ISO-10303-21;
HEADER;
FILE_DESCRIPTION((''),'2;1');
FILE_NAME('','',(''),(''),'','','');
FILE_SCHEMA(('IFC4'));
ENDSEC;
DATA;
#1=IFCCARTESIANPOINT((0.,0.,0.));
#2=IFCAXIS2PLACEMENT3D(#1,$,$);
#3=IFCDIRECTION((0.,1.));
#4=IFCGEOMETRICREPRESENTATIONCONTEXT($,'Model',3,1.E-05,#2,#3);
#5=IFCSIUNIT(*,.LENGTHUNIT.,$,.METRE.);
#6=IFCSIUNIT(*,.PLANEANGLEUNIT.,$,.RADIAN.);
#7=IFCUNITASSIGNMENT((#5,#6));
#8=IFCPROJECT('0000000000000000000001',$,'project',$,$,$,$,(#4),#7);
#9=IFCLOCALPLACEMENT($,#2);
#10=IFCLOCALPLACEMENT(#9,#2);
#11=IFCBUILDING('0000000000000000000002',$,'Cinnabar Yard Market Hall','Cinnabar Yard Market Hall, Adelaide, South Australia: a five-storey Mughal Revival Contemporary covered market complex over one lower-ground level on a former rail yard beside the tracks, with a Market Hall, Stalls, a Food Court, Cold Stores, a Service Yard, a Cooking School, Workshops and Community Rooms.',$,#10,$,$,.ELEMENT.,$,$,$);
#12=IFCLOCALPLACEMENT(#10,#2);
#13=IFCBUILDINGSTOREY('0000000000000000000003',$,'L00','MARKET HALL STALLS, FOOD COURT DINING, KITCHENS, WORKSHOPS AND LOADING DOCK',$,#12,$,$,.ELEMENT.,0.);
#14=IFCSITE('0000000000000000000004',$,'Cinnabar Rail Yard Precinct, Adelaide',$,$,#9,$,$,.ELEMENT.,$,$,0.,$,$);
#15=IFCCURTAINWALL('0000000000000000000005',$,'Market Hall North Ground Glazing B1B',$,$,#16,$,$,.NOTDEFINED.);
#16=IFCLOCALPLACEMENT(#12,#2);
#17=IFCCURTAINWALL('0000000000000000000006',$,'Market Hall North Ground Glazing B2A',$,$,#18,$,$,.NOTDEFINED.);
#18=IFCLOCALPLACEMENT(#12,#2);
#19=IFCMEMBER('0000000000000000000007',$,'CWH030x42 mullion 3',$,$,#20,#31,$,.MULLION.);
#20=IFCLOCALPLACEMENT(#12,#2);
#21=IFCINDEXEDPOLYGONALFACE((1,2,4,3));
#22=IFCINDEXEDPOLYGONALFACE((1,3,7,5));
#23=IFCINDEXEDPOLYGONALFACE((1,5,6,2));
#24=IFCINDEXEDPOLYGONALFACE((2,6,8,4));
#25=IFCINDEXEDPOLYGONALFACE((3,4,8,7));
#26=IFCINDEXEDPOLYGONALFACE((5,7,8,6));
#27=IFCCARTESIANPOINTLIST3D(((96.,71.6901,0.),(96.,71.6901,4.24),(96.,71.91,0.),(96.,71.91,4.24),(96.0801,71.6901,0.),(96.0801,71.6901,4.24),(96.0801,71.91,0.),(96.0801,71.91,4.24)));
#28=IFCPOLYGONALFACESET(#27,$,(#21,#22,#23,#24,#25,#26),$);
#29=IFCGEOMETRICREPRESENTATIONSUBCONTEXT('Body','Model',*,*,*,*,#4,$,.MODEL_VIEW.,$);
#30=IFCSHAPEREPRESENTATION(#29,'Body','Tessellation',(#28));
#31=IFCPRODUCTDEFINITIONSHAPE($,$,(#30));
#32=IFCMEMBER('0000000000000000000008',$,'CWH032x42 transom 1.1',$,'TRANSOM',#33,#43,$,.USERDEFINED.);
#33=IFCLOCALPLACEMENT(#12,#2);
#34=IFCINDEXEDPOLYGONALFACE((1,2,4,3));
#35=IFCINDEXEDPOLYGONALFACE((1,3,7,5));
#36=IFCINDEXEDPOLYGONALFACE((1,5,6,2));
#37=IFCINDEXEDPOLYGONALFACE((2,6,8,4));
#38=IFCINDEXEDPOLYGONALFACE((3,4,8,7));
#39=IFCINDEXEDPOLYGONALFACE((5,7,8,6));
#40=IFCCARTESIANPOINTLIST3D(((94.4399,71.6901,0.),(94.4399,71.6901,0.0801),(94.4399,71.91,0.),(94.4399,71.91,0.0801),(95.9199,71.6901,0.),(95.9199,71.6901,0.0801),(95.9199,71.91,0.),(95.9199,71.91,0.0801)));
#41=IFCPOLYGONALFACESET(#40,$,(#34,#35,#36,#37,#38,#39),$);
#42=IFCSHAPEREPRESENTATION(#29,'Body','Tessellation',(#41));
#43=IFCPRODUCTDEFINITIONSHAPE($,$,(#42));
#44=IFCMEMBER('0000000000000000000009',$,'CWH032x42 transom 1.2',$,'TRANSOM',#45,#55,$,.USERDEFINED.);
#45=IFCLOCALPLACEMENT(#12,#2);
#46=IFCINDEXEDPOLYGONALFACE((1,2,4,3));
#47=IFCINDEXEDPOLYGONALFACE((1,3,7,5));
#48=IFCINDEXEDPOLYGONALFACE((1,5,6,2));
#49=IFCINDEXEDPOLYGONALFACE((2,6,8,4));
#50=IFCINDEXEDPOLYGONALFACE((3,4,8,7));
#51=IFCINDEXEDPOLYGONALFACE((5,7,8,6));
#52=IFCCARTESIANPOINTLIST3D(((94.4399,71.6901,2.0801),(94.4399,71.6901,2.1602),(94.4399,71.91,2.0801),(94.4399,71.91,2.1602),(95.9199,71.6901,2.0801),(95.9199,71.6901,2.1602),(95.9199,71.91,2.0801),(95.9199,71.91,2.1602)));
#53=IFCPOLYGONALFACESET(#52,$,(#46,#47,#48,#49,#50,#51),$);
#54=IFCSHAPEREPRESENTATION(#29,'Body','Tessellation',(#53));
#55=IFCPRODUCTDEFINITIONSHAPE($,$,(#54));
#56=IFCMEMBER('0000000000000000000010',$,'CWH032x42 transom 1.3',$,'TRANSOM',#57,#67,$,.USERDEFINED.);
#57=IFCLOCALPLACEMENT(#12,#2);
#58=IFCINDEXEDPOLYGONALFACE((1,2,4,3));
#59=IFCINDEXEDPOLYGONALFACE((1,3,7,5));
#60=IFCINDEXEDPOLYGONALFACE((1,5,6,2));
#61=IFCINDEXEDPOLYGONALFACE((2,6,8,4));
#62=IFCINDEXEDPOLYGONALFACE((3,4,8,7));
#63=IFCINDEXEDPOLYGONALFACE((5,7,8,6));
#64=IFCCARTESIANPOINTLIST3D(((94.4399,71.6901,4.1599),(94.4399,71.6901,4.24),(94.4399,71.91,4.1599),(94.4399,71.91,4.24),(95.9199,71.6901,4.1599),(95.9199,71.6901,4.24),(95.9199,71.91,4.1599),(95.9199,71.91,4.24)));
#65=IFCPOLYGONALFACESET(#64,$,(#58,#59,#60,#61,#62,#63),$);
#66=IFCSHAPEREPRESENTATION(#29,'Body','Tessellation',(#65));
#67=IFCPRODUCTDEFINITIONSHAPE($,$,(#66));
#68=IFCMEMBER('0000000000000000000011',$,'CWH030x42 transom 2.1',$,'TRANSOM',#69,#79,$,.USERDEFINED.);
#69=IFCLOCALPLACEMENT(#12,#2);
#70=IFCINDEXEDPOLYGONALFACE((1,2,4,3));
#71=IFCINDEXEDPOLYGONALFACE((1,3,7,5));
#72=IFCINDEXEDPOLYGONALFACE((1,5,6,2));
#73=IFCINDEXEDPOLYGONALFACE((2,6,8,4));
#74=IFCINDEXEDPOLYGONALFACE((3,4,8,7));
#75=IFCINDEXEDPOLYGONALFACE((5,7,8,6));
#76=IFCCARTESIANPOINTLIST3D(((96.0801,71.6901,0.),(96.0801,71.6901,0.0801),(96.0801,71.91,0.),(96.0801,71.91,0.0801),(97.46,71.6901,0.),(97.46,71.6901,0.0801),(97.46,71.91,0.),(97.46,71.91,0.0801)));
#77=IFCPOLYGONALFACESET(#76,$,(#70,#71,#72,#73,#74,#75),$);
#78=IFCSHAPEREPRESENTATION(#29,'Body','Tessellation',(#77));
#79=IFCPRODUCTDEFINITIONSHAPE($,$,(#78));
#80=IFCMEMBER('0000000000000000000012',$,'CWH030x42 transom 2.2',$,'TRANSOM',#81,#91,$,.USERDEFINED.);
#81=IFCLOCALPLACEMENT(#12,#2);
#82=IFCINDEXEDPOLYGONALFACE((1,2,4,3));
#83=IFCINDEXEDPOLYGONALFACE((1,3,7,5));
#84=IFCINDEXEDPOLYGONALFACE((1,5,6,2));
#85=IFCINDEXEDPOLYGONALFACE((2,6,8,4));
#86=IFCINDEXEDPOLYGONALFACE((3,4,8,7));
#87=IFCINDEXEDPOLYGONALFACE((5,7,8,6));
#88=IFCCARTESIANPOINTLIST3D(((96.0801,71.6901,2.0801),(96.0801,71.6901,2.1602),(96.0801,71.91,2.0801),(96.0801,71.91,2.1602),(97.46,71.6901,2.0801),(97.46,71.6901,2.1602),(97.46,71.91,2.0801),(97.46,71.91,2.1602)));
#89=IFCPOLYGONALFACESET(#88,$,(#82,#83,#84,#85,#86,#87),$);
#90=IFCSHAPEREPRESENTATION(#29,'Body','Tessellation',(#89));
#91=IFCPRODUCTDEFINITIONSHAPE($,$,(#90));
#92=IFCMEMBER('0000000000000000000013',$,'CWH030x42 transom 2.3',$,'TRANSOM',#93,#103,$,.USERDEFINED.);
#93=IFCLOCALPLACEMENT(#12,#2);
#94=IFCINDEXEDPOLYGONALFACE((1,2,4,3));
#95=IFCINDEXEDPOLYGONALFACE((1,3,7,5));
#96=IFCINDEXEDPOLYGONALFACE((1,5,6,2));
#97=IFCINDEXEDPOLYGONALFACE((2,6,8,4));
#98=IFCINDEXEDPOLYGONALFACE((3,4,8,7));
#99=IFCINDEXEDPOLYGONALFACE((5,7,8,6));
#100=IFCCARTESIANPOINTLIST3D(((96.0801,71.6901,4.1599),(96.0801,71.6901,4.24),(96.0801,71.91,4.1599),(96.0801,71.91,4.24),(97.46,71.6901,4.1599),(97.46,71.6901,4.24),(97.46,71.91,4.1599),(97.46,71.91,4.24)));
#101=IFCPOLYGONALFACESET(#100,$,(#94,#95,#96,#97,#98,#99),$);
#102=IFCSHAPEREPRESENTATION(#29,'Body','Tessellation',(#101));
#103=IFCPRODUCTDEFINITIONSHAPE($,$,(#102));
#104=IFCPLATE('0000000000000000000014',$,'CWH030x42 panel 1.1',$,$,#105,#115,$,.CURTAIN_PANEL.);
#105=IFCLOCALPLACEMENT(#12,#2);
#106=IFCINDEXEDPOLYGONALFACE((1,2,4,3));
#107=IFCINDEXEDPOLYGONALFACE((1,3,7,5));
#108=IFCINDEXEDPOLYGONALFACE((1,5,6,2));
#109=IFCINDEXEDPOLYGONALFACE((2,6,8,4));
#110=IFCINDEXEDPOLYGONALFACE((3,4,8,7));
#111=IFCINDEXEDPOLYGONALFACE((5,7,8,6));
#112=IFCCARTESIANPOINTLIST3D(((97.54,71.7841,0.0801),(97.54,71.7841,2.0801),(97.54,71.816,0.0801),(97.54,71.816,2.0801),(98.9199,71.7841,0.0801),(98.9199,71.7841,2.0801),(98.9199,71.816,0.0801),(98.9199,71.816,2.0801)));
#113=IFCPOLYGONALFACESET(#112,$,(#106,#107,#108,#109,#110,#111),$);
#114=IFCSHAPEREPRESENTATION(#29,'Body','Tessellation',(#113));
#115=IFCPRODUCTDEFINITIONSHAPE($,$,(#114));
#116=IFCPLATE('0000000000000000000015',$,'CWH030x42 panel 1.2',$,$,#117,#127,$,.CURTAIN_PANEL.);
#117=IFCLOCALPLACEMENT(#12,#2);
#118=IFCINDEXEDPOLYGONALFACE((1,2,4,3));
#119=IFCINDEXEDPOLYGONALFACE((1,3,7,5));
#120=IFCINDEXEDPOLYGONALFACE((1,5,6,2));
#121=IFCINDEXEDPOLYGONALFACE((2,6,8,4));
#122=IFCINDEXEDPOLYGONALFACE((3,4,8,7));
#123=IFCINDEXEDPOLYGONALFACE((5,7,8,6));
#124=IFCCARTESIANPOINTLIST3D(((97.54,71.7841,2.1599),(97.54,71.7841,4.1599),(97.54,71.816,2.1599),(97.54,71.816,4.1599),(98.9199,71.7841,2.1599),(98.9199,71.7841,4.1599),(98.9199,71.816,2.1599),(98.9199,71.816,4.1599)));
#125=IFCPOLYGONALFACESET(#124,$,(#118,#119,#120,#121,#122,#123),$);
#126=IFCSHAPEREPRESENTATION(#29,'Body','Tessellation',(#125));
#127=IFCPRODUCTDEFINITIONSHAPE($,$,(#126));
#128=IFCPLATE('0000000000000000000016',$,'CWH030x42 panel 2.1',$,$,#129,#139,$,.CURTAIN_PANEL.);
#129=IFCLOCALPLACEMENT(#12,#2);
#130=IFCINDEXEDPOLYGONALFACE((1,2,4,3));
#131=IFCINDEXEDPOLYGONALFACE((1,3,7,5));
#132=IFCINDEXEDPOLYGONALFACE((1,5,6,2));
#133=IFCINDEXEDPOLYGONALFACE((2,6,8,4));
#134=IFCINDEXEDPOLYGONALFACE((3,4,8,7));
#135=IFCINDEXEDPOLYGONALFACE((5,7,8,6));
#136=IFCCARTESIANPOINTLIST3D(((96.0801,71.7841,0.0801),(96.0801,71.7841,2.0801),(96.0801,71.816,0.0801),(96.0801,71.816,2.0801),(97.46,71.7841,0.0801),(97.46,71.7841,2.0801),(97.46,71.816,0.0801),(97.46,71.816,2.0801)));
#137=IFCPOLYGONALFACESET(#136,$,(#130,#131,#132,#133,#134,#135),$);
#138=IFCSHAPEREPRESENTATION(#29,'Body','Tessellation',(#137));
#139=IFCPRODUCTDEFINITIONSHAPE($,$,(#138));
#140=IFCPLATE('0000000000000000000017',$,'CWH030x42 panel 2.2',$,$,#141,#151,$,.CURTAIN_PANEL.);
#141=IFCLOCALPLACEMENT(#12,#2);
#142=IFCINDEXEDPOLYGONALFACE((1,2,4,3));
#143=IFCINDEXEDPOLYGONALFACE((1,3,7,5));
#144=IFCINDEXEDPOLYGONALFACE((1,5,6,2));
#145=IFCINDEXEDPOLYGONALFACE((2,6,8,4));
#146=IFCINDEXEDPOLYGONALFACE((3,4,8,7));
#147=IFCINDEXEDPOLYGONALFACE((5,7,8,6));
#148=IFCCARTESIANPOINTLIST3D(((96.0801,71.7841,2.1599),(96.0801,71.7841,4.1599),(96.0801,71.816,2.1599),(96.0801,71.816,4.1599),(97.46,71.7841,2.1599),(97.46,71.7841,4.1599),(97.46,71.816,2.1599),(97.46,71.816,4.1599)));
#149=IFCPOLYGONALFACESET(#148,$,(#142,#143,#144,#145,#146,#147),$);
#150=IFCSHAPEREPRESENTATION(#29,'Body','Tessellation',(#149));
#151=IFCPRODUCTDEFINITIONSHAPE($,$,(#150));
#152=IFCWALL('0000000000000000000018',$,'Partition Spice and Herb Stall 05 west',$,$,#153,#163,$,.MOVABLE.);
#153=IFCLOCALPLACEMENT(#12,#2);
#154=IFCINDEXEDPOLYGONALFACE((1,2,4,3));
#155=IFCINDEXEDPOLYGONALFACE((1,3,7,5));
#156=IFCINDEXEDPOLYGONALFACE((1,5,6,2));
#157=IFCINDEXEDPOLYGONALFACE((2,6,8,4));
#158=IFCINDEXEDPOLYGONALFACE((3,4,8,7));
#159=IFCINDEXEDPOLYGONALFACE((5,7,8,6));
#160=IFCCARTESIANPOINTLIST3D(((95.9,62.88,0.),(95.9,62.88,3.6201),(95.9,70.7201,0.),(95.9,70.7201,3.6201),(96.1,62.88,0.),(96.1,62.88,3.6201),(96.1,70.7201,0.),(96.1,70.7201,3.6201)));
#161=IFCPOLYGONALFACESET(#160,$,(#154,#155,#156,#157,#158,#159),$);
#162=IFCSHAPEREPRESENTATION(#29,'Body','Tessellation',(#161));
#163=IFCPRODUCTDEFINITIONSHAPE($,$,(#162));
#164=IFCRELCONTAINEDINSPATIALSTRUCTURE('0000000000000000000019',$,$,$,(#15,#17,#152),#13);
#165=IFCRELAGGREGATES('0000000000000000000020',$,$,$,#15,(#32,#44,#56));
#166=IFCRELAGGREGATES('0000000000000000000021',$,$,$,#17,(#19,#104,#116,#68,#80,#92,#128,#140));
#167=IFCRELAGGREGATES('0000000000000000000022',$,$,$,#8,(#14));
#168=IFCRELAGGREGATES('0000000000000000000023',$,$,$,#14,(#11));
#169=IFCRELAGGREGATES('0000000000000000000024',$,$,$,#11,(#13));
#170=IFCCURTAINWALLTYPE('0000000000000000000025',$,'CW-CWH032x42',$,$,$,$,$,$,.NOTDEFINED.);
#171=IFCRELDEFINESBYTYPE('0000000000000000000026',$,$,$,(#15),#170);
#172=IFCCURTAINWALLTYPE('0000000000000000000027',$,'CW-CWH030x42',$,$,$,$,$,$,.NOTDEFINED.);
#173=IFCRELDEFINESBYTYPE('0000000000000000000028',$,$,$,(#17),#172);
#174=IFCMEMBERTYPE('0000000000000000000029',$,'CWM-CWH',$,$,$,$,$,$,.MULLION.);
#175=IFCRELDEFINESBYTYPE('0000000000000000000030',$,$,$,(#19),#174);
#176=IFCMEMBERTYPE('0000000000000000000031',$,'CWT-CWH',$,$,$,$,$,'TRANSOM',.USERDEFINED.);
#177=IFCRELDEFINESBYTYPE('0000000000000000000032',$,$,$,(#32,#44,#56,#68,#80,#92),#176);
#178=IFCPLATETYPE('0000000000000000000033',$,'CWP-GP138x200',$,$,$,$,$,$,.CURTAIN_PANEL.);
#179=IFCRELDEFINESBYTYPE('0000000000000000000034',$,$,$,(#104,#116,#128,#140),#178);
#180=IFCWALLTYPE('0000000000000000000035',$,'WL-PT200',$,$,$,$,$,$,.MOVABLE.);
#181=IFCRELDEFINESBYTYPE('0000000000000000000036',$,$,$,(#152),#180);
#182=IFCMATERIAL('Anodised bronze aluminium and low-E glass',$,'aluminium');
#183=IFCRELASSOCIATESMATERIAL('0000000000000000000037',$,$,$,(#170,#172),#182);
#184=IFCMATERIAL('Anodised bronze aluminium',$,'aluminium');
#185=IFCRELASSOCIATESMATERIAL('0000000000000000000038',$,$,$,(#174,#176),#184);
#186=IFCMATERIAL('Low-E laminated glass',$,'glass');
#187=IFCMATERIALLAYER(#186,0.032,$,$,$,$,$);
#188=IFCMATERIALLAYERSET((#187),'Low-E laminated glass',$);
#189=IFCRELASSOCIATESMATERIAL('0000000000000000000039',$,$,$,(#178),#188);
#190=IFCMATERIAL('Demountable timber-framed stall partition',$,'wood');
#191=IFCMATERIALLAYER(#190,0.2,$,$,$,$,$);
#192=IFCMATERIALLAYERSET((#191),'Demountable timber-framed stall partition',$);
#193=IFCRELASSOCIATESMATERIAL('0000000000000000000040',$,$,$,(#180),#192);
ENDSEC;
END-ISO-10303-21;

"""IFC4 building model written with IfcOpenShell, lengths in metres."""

from ifc_helpers import new_model, si_unit, direction, frame, frame_2d, origin, origin_2d_with_axis, place, context, subcontext, project, spatial, rectangle, extrude, material, layer, layer_set, material_profile, profile_set, type_object, element, aggregate, save


model = new_model("IFC4")

# Units and contexts
model_context = context("Model", 3, precision=1e-05, world=origin(), true_north=direction((0.0, 1.0)))
body_context = subcontext(model_context, "Body", "Model", "MODEL_VIEW")
ifc_project = project(units=[si_unit("LENGTHUNIT", "METRE"), si_unit("PLANEANGLEUNIT", "RADIAN")], contexts=[model_context])

# Site, building, storey
site_placement = place(None, origin())
site = spatial("IfcSite", under=ifc_project, at=site_placement, Name="Cinnabar Rail Yard Precinct, Adelaide", CompositionType="ELEMENT", RefElevation=0.0)
building_placement = place(site_placement, origin())
building = spatial("IfcBuilding", under=site, at=building_placement, Name="Cinnabar Yard Market Hall", Description="Cinnabar Yard Market Hall, Adelaide, South Australia: a five-storey Mughal Revival Contemporary covered market complex over one lower-ground level on a former rail yard beside the tracks, with a Market Hall, Stalls, a Food Court, Cold Stores, a Service Yard, a Cooking School, Workshops and Community Rooms.", CompositionType="ELEMENT")
storey_placement = place(building_placement, origin())
storey = spatial("IfcBuildingStorey", under=building, at=storey_placement, Name="L00", Description="MARKET HALL STALLS, FOOD COURT DINING, KITCHENS, WORKSHOPS AND LOADING DOCK", CompositionType="ELEMENT", Elevation=0.0)

# Curtain wall
ifc_material_1 = material(Name="Anodised bronze aluminium and low-E glass", Category="aluminium")
curtain_wall_type_1 = type_object("IfcCurtainWallType", Name="CW-CWH032x42", PredefinedType="NOTDEFINED", material=ifc_material_1)
curtain_wall_1_placement = place(storey_placement, origin())
curtain_wall_1 = element("IfcCurtainWall", 1, at=curtain_wall_1_placement, inside=storey, type_object=curtain_wall_type_1, Name="Market Hall North Ground Glazing B1B", PredefinedType="NOTDEFINED")
ifc_material_2 = material(Name="Anodised bronze aluminium", Category="aluminium")
ifc_material_profile_1 = material_profile(ifc_material_2, rectangle(XDim=0.22, YDim=0.0801, at=origin_2d_with_axis()), Name="MUL-CWH")
ifc_profile_set_1 = profile_set([ifc_material_profile_1], Name="Anodised bronze aluminium")
member_type_1 = type_object("IfcMemberType", Name="CWM-CWH", PredefinedType="MULLION", material=ifc_profile_set_1)

# Curtain wall, member
curtain_wall_type_2 = type_object("IfcCurtainWallType", Name="CW-CWH030x42", PredefinedType="NOTDEFINED", material=ifc_material_1)
curtain_wall_2_placement = place(storey_placement, origin())
curtain_wall_2 = element("IfcCurtainWall", 2, at=curtain_wall_2_placement, inside=storey, type_object=curtain_wall_type_2, Name="Market Hall North Ground Glazing B2A", PredefinedType="NOTDEFINED")
member_1_placement = place(storey_placement, frame((96.04, 71.8, 0.0), z_axis=(0.0, 0.0, 1.0), x_axis=(0.0, -1.0, 0.0)))
member_1 = element("IfcMember", 3, at=member_1_placement, type_object=member_type_1, Name="CWH030x42 mullion 3", PredefinedType="MULLION", context=body_context, shape_type="SweptSolid", body=[
    extrude(rectangle(XDim=0.22, YDim=0.0801, at=origin_2d_with_axis()), origin(), (0.0, 0.0, 1.0), 4.24),
])

# Members
ifc_material_profile_2 = material_profile(ifc_material_2, rectangle(XDim=0.22, YDim=0.0801, at=origin_2d_with_axis()), Name="TRN-CWH")
ifc_profile_set_2 = profile_set([ifc_material_profile_2], Name="Anodised bronze aluminium")
member_type_2 = type_object("IfcMemberType", Name="CWT-CWH", ElementType="TRANSOM", PredefinedType="USERDEFINED", material=ifc_profile_set_2)
member_2_placement = place(storey_placement, frame((95.9199, 71.8, 0.04), z_axis=(-1.0, 0.0, 0.0), x_axis=(0.0, -1.0, 0.0)))
member_2 = element("IfcMember", 4, at=member_2_placement, type_object=member_type_2, Name="CWH032x42 transom 1.1", ObjectType="TRANSOM", PredefinedType="USERDEFINED", context=body_context, shape_type="SweptSolid", body=[
    extrude(rectangle(XDim=0.22, YDim=0.0801, at=origin_2d_with_axis()), origin(), (0.0, 0.0, 1.0), 1.48),
])
member_3_placement = place(storey_placement, frame((95.9199, 71.8, 2.1201), z_axis=(-1.0, 0.0, 0.0), x_axis=(0.0, -1.0, 0.0)))
member_3 = element("IfcMember", 5, at=member_3_placement, type_object=member_type_2, Name="CWH032x42 transom 1.2", ObjectType="TRANSOM", PredefinedType="USERDEFINED", context=body_context, shape_type="SweptSolid", body=[
    extrude(rectangle(XDim=0.22, YDim=0.0801, at=origin_2d_with_axis()), origin(), (0.0, 0.0, 1.0), 1.48),
])
member_4_placement = place(storey_placement, frame((95.9199, 71.8, 4.2), z_axis=(-1.0, 0.0, 0.0), x_axis=(0.0, -1.0, 0.0)))
member_4 = element("IfcMember", 6, at=member_4_placement, type_object=member_type_2, Name="CWH032x42 transom 1.3", ObjectType="TRANSOM", PredefinedType="USERDEFINED", context=body_context, shape_type="SweptSolid", body=[
    extrude(rectangle(XDim=0.22, YDim=0.0801, at=origin_2d_with_axis()), origin(), (0.0, 0.0, 1.0), 1.48),
])
aggregate(curtain_wall_1, [member_2, member_3, member_4])
member_5_placement = place(storey_placement, frame((97.46, 71.8, 0.04), z_axis=(-1.0, 0.0, 0.0), x_axis=(0.0, -1.0, 0.0)))
member_5 = element("IfcMember", 7, at=member_5_placement, type_object=member_type_2, Name="CWH030x42 transom 2.1", ObjectType="TRANSOM", PredefinedType="USERDEFINED", context=body_context, shape_type="SweptSolid", body=[
    extrude(rectangle(XDim=0.22, YDim=0.0801, at=origin_2d_with_axis()), origin(), (0.0, 0.0, 1.0), 1.3799),
])
member_6_placement = place(storey_placement, frame((97.46, 71.8, 2.1201), z_axis=(-1.0, 0.0, 0.0), x_axis=(0.0, -1.0, 0.0)))
member_6 = element("IfcMember", 8, at=member_6_placement, type_object=member_type_2, Name="CWH030x42 transom 2.2", ObjectType="TRANSOM", PredefinedType="USERDEFINED", context=body_context, shape_type="SweptSolid", body=[
    extrude(rectangle(XDim=0.22, YDim=0.0801, at=origin_2d_with_axis()), origin(), (0.0, 0.0, 1.0), 1.3799),
])
member_7_placement = place(storey_placement, frame((97.46, 71.8, 4.2), z_axis=(-1.0, 0.0, 0.0), x_axis=(0.0, -1.0, 0.0)))
member_7 = element("IfcMember", 9, at=member_7_placement, type_object=member_type_2, Name="CWH030x42 transom 2.3", ObjectType="TRANSOM", PredefinedType="USERDEFINED", context=body_context, shape_type="SweptSolid", body=[
    extrude(rectangle(XDim=0.22, YDim=0.0801, at=origin_2d_with_axis()), origin(), (0.0, 0.0, 1.0), 1.3799),
])

# Plates
ifc_material_3 = material(Name="Low-E laminated glass", Category="glass")
ifc_layer_1 = layer(ifc_material_3, 0.032)
ifc_layer_set_1 = layer_set([ifc_layer_1], Name="Low-E laminated glass")
plate_type = type_object("IfcPlateType", Name="CWP-GP138x200", PredefinedType="CURTAIN_PANEL", material=ifc_layer_set_1)
plate_1_placement = place(storey_placement, frame((98.23, 71.8, 0.0801), z_axis=(0.0, 0.0, 1.0), x_axis=(-1.0, 0.0, 0.0)))
plate_1 = element("IfcPlate", 10, at=plate_1_placement, type_object=plate_type, Name="CWH030x42 panel 1.1", PredefinedType="CURTAIN_PANEL", context=body_context, shape_type="SweptSolid", body=[
    extrude(rectangle(XDim=1.3799, YDim=0.032, at=origin_2d_with_axis()), origin(), (0.0, 0.0, 1.0), 2.0),
])
plate_2_placement = place(storey_placement, frame((98.23, 71.8, 2.1599), z_axis=(0.0, 0.0, 1.0), x_axis=(-1.0, 0.0, 0.0)))
plate_2 = element("IfcPlate", 11, at=plate_2_placement, type_object=plate_type, Name="CWH030x42 panel 1.2", PredefinedType="CURTAIN_PANEL", context=body_context, shape_type="SweptSolid", body=[
    extrude(rectangle(XDim=1.3799, YDim=0.032, at=origin_2d_with_axis()), origin(), (0.0, 0.0, 1.0), 2.0),
])
plate_3_placement = place(storey_placement, frame((96.77, 71.8, 0.0801), z_axis=(0.0, 0.0, 1.0), x_axis=(-1.0, 0.0, 0.0)))
plate_3 = element("IfcPlate", 12, at=plate_3_placement, type_object=plate_type, Name="CWH030x42 panel 2.1", PredefinedType="CURTAIN_PANEL", context=body_context, shape_type="SweptSolid", body=[
    extrude(rectangle(XDim=1.3799, YDim=0.032, at=origin_2d_with_axis()), origin(), (0.0, 0.0, 1.0), 2.0),
])
plate_4_placement = place(storey_placement, frame((96.77, 71.8, 2.1599), z_axis=(0.0, 0.0, 1.0), x_axis=(-1.0, 0.0, 0.0)))
plate_4 = element("IfcPlate", 13, at=plate_4_placement, type_object=plate_type, Name="CWH030x42 panel 2.2", PredefinedType="CURTAIN_PANEL", context=body_context, shape_type="SweptSolid", body=[
    extrude(rectangle(XDim=1.3799, YDim=0.032, at=origin_2d_with_axis()), origin(), (0.0, 0.0, 1.0), 2.0),
])
aggregate(curtain_wall_2, [member_1, plate_1, plate_2, member_5, member_6, member_7, plate_3, plate_4])

# Wall
ifc_material_4 = material(Name="Demountable timber-framed stall partition", Category="wood")
ifc_layer_2 = layer(ifc_material_4, 0.2)
ifc_layer_set_2 = layer_set([ifc_layer_2], Name="Demountable timber-framed stall partition")
wall_type = type_object("IfcWallType", Name="WL-PT200", PredefinedType="MOVABLE", material=ifc_layer_set_2)
wall_placement = place(storey_placement, frame((96.0, 70.72, 0.0), z_axis=(0.0, 0.0, 1.0), x_axis=(0.0, -1.0, 0.0)))
element("IfcWall", 14, at=wall_placement, inside=storey, type_object=wall_type, Name="Partition Spice and Herb Stall 05 west", PredefinedType="MOVABLE", context=body_context, shape_type="SweptSolid", body=[
    extrude(rectangle(XDim=7.8401, YDim=0.2, at=frame_2d((3.9199, 0.0), x_axis=(1.0, 0.0))), origin(), (0.0, 0.0, 1.0), 3.6201),
])

save(model, "model.ifc")
